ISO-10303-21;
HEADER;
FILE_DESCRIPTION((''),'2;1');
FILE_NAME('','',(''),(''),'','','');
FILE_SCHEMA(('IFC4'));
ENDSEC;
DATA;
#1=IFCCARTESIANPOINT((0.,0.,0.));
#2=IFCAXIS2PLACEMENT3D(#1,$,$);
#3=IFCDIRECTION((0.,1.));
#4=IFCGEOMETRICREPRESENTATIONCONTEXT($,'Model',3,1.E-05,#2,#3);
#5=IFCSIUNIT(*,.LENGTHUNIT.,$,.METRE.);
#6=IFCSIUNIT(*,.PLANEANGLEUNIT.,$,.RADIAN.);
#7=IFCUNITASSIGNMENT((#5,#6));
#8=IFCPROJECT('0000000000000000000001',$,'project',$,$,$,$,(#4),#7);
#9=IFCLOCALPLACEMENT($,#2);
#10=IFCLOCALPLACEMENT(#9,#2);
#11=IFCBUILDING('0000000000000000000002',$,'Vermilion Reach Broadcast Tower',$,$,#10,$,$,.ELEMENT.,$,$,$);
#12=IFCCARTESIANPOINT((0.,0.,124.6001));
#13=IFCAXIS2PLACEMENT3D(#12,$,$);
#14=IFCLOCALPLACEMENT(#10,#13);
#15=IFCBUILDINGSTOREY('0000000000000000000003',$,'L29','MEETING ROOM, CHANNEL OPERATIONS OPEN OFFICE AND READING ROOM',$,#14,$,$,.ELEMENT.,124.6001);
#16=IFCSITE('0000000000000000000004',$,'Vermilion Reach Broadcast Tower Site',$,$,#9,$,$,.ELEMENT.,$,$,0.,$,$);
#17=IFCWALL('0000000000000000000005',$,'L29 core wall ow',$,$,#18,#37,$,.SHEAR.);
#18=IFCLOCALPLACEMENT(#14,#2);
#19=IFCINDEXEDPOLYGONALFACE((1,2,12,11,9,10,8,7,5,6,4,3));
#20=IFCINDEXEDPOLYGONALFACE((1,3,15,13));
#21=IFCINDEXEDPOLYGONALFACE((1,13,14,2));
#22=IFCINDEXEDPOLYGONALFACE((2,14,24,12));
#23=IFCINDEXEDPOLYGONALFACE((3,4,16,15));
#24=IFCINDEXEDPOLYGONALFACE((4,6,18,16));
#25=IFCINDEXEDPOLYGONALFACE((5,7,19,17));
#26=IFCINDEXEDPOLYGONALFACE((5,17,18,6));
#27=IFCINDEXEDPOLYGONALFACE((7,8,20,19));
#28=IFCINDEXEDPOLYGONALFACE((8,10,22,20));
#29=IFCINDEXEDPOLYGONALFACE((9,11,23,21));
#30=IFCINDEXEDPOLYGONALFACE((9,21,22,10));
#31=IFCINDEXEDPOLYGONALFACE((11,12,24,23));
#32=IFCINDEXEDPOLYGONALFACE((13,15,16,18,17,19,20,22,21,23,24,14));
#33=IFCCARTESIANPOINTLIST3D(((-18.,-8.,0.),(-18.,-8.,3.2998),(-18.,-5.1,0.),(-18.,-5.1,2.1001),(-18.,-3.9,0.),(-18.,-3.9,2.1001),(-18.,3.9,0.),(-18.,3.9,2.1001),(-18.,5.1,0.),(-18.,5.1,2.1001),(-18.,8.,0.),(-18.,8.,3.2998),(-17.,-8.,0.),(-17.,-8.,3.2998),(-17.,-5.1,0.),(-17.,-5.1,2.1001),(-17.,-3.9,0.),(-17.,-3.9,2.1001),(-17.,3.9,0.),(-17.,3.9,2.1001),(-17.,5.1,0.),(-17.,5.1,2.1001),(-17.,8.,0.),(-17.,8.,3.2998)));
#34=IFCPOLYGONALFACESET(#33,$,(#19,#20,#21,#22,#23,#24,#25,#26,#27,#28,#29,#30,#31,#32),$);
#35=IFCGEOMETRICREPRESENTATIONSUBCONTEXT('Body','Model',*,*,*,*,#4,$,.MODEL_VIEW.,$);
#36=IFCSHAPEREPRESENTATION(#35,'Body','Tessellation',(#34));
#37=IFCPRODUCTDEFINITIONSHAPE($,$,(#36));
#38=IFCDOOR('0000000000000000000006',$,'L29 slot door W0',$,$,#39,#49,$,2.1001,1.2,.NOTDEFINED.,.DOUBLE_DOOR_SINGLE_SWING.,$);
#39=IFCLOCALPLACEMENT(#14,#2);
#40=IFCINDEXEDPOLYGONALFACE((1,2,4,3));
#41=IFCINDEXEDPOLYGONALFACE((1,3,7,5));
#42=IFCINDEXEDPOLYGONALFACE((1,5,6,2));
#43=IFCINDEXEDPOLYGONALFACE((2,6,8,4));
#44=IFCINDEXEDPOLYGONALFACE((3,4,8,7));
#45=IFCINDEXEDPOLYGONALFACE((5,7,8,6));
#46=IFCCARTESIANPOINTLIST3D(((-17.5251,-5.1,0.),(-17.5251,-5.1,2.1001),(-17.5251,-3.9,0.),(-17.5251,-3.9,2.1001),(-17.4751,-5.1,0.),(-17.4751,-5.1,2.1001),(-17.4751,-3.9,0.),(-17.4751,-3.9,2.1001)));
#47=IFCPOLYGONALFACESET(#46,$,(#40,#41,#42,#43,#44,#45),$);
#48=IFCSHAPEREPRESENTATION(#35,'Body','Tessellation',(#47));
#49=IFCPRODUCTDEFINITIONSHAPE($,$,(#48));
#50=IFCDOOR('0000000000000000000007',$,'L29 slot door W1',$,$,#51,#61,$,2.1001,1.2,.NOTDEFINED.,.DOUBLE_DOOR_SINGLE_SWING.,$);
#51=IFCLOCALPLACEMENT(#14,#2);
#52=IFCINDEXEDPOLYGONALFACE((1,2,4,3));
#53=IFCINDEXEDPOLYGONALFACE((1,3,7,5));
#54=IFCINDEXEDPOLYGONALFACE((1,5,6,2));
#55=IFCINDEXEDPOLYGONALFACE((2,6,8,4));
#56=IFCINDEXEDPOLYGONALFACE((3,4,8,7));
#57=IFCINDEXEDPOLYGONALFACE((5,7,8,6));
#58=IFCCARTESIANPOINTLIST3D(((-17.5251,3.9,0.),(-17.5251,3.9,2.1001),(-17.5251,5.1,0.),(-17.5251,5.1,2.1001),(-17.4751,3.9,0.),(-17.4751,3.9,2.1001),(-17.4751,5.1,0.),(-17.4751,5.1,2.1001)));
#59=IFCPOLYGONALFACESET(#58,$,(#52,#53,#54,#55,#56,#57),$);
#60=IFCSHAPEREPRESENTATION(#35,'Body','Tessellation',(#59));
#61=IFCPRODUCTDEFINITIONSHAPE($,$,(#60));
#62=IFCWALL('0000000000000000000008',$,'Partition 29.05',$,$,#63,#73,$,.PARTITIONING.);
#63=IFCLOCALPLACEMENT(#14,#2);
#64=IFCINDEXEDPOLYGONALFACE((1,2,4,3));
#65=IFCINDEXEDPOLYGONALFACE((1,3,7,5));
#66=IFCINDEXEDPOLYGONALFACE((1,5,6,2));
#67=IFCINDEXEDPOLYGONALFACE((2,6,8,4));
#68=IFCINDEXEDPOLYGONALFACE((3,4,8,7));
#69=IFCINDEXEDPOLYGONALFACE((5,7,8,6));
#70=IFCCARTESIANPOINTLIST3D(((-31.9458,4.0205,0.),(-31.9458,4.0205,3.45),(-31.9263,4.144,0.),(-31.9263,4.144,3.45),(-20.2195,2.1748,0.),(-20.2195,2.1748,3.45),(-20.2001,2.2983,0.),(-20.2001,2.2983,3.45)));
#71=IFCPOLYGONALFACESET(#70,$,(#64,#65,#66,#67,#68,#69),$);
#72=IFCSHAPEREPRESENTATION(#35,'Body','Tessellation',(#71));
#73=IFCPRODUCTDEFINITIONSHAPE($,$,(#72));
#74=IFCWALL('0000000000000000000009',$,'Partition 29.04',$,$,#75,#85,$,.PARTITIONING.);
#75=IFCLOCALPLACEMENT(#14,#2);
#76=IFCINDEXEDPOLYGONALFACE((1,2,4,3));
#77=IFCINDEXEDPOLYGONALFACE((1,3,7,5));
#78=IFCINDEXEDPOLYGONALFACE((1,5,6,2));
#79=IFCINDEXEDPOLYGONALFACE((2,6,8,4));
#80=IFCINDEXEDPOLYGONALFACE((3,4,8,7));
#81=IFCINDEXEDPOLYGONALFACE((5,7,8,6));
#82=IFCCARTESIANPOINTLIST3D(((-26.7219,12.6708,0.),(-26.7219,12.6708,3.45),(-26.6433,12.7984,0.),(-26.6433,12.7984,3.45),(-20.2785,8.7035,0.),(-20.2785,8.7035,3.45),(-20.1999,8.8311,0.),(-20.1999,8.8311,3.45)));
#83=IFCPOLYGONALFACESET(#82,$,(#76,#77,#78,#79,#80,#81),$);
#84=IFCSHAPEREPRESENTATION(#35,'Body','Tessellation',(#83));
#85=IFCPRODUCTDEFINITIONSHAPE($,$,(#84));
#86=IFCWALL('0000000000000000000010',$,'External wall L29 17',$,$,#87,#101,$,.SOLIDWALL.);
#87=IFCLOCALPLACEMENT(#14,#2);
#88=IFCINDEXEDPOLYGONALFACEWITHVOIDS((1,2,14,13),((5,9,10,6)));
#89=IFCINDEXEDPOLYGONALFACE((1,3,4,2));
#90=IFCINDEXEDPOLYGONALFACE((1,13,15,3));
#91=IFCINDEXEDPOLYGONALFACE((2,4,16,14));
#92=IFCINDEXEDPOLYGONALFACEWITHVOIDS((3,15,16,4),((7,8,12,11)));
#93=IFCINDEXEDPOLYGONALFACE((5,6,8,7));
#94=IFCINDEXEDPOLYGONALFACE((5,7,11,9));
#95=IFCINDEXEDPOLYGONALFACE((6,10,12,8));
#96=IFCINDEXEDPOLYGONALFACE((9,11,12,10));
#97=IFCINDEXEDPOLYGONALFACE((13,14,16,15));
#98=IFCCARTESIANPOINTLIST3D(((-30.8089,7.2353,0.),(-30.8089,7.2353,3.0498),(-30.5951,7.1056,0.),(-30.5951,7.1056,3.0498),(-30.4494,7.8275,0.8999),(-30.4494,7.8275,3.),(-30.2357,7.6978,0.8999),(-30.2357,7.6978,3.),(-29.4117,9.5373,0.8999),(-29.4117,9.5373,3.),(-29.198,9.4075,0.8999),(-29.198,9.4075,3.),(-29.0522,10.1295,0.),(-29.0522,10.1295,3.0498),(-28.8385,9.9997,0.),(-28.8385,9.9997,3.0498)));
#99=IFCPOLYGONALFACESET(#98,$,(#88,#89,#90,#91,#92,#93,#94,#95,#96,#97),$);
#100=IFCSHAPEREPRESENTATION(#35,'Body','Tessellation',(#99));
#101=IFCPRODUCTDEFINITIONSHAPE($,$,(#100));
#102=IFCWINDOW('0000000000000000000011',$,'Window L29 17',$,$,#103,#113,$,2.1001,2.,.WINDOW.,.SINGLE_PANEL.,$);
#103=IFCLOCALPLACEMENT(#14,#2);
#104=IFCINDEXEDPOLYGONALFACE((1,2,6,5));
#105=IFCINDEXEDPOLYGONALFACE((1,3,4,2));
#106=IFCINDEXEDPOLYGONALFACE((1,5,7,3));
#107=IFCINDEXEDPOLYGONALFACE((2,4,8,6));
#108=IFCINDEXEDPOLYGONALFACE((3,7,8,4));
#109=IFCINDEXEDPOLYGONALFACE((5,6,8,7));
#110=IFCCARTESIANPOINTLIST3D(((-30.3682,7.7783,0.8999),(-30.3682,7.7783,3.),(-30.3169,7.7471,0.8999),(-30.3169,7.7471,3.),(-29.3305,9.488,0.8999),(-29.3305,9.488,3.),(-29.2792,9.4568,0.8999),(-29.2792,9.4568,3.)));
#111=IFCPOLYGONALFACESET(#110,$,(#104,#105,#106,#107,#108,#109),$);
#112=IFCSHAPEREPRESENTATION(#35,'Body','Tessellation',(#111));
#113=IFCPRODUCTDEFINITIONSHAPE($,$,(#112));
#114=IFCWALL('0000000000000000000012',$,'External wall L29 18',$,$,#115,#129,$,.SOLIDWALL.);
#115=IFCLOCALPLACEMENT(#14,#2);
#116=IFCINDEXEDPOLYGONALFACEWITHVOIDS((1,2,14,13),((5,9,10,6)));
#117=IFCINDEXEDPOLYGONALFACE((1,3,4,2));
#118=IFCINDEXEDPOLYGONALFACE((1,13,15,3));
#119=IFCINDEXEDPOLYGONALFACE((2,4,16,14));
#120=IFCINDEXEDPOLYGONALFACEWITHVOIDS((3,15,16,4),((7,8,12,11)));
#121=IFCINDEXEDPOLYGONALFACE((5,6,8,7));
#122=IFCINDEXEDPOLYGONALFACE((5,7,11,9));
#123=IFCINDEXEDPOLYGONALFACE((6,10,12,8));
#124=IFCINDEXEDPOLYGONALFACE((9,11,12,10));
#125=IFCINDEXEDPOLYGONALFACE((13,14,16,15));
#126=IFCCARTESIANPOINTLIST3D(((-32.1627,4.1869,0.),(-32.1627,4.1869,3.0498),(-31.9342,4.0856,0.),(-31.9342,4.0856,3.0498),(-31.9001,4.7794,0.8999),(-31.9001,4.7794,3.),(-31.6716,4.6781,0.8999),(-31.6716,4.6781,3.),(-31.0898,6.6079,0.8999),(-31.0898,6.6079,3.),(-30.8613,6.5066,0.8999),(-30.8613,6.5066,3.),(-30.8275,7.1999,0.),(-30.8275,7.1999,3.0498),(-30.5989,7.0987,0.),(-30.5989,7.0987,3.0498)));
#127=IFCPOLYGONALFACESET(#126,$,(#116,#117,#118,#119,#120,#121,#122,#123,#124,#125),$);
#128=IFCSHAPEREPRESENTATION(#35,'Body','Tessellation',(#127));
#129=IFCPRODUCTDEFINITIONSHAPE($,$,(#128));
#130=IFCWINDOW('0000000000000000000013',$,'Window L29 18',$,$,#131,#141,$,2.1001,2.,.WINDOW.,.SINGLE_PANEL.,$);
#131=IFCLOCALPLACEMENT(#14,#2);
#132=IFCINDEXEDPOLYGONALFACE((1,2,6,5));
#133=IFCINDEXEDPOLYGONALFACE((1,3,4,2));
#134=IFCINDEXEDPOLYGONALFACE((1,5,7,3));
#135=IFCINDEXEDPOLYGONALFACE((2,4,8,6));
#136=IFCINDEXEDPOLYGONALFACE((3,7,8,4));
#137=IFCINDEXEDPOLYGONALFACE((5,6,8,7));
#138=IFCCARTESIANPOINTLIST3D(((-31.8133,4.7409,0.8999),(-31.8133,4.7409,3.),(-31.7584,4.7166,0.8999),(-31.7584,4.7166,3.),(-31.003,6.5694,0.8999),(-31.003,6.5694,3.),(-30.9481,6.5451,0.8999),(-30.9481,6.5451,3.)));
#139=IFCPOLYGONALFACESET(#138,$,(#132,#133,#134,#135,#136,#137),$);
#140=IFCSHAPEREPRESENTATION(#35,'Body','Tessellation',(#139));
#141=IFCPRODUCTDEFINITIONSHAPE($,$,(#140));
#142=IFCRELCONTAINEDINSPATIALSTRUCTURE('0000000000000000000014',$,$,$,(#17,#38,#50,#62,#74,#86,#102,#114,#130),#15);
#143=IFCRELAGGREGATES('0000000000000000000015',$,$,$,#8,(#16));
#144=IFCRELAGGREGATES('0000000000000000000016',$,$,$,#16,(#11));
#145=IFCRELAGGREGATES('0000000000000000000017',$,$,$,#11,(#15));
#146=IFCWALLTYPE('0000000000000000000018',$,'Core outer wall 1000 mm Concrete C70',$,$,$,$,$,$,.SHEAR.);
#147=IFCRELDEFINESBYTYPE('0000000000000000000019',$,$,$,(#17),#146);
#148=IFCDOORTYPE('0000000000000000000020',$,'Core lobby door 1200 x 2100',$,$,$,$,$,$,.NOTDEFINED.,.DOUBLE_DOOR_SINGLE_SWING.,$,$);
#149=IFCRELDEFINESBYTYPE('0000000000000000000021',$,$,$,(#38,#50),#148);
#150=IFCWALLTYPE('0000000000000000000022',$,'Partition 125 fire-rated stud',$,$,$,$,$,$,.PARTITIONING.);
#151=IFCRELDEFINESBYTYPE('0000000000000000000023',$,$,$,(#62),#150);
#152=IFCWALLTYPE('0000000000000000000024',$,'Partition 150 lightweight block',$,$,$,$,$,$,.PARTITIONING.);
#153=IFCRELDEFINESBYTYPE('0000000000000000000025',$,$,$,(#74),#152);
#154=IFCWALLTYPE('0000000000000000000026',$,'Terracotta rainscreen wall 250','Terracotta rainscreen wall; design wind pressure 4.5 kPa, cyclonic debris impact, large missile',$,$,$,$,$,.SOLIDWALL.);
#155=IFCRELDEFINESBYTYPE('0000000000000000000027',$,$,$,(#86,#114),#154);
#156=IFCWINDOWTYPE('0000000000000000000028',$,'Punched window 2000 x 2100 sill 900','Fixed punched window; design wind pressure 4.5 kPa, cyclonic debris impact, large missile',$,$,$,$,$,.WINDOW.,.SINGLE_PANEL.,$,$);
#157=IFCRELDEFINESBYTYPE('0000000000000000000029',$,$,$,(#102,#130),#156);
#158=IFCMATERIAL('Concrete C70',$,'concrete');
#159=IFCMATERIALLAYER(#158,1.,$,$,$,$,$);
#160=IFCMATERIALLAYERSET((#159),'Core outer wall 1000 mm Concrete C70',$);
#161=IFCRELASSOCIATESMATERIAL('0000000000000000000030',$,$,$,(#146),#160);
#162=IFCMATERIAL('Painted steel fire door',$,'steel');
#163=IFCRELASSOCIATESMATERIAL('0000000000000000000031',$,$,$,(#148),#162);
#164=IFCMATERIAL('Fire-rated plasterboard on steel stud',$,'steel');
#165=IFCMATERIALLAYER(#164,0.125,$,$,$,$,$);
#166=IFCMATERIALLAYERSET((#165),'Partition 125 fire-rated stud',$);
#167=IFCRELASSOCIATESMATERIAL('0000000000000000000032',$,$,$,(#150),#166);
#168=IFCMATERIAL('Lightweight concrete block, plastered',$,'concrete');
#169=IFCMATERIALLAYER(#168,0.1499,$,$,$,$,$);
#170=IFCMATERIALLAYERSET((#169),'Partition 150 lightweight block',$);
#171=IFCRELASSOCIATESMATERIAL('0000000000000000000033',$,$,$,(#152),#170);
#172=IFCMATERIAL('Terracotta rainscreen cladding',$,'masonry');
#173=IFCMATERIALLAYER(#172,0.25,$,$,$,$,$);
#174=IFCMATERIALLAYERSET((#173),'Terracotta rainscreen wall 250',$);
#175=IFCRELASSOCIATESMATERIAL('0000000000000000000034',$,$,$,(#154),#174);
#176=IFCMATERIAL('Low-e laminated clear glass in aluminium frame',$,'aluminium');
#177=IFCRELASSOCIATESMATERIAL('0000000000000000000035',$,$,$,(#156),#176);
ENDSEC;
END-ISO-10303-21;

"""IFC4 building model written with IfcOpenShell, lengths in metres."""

from ifc_helpers import new_model, si_unit, direction, frame, frame_2d, origin, place, context, subcontext, project, spatial, rectangle, extrude, material, layer, layer_set, type_object, element, fill, save


model = new_model("IFC4")

# Units and contexts
model_context = context("Model", 3, precision=1e-05, world=origin(), true_north=direction((0.0, 1.0)))
body_context = subcontext(model_context, "Body", "Model", "MODEL_VIEW")
ifc_project = project(units=[si_unit("LENGTHUNIT", "METRE"), si_unit("PLANEANGLEUNIT", "RADIAN")], contexts=[model_context])

# Site, building, storey
site_placement = place(None, origin())
site = spatial("IfcSite", under=ifc_project, at=site_placement, Name="Vermilion Reach Broadcast Tower Site", CompositionType="ELEMENT", RefElevation=0.0)
building_placement = place(site_placement, origin())
building = spatial("IfcBuilding", under=site, at=building_placement, Name="Vermilion Reach Broadcast Tower", CompositionType="ELEMENT")
storey_placement = place(building_placement, frame((0.0, 0.0, 124.6001)))
storey = spatial("IfcBuildingStorey", under=building, at=storey_placement, Name="L29", Description="MEETING ROOM, CHANNEL OPERATIONS OPEN OFFICE AND READING ROOM", CompositionType="ELEMENT", Elevation=124.6001)

# Wall, openings, doors
ifc_material_1 = material(Name="Concrete C70", Category="concrete")
ifc_layer_1 = layer(ifc_material_1, 1.0)
ifc_layer_set_1 = layer_set([ifc_layer_1], Name="Core outer wall 1000 mm Concrete C70")
wall_type_1 = type_object("IfcWallType", Name="Core outer wall 1000 mm Concrete C70", PredefinedType="SHEAR", material=ifc_layer_set_1)
wall_1_placement = place(storey_placement, frame((-17.5, 8.0, 0.0), z_axis=(0.0, 0.0, 1.0), x_axis=(0.0, -1.0, 0.0)))
wall_1 = element("IfcWall", 1, at=wall_1_placement, inside=storey, type_object=wall_type_1, Name="L29 core wall ow", PredefinedType="SHEAR", context=body_context, shape_type="SweptSolid", body=[
    extrude(rectangle(XDim=16.0, YDim=1.0, at=frame_2d((8.0, 0.0))), origin(), (0.0, 0.0, 1.0), 3.2998),
])
opening_1_placement = place(wall_1_placement, frame((11.8999, 0.0, 0.0)))
opening_1 = element("IfcOpeningElement", 2, at=opening_1_placement, cuts=wall_1, PredefinedType="OPENING", context=body_context, shape_type="SweptSolid", body=[
    extrude(rectangle(XDim=1.2, YDim=2.1001, at=frame_2d((0.6001, 1.05))), frame((0.0, 0.51, 0.0), z_axis=(0.0, -1.0, 0.0), x_axis=(1.0, 0.0, 0.0)), (0.0, 0.0, 1.0), 1.02),
])
opening_2_placement = place(wall_1_placement, frame((2.8999, 0.0, 0.0)))
opening_2 = element("IfcOpeningElement", 3, at=opening_2_placement, cuts=wall_1, PredefinedType="OPENING", context=body_context, shape_type="SweptSolid", body=[
    extrude(rectangle(XDim=1.2, YDim=2.1001, at=frame_2d((0.6001, 1.05))), frame((0.0, 0.51, 0.0), z_axis=(0.0, -1.0, 0.0), x_axis=(1.0, 0.0, 0.0)), (0.0, 0.0, 1.0), 1.02),
])
ifc_material_2 = material(Name="Painted steel fire door", Category="steel")
door_type_1 = type_object("IfcDoorType", Name="Core lobby door 1200 x 2100", OperationType="DOUBLE_DOOR_SINGLE_SWING", PredefinedType="NOTDEFINED", material=ifc_material_2)
door_1_placement = place(opening_1_placement, origin())
door_1 = element("IfcDoor", 4, at=door_1_placement, inside=storey, type_object=door_type_1, Name="L29 slot door W0", OperationType="DOUBLE_DOOR_SINGLE_SWING", OverallHeight=2.1001, OverallWidth=1.2, PredefinedType="NOTDEFINED", context=body_context, shape_type="SweptSolid", body=[
    extrude(rectangle(XDim=1.2, YDim=2.1001, at=frame_2d((0.6001, 1.05))), frame((0.0, 0.0249, 0.0), z_axis=(0.0, -1.0, 0.0), x_axis=(1.0, 0.0, 0.0)), (0.0, 0.0, 1.0), 0.05),
])
fill(opening_1, door_1)
door_2_placement = place(opening_2_placement, origin())
door_2 = element("IfcDoor", 5, at=door_2_placement, inside=storey, type_object=door_type_1, Name="L29 slot door W1", OperationType="DOUBLE_DOOR_SINGLE_SWING", OverallHeight=2.1001, OverallWidth=1.2, PredefinedType="NOTDEFINED", context=body_context, shape_type="SweptSolid", body=[
    extrude(rectangle(XDim=1.2, YDim=2.1001, at=frame_2d((0.6001, 1.05))), frame((0.0, 0.0249, 0.0), z_axis=(0.0, -1.0, 0.0), x_axis=(1.0, 0.0, 0.0)), (0.0, 0.0, 1.0), 0.05),
])
fill(opening_2, door_2)

# Walls
ifc_material_3 = material(Name="Fire-rated plasterboard on steel stud", Category="steel")
ifc_layer_2 = layer(ifc_material_3, 0.125)
ifc_layer_set_2 = layer_set([ifc_layer_2], Name="Partition 125 fire-rated stud")
wall_type_2 = type_object("IfcWallType", Name="Partition 125 fire-rated stud", PredefinedType="PARTITIONING", material=ifc_layer_set_2)
wall_2_placement = place(storey_placement, frame((-31.936, 4.0823, 0.0), z_axis=(0.0, 0.0, 1.0), x_axis=(0.987838, -0.155484, 0.0)))
element("IfcWall", 6, at=wall_2_placement, inside=storey, type_object=wall_type_2, Name="Partition 29.05", PredefinedType="PARTITIONING", context=body_context, shape_type="SweptSolid", body=[
    extrude(rectangle(XDim=11.8706, YDim=0.125, at=frame_2d((5.9353, 0.0))), origin(), (0.0, 0.0, 1.0), 3.45),
])
ifc_material_4 = material(Name="Lightweight concrete block, plastered", Category="concrete")
ifc_layer_3 = layer(ifc_material_4, 0.1499)
ifc_layer_set_3 = layer_set([ifc_layer_3], Name="Partition 150 lightweight block")
wall_type_3 = type_object("IfcWallType", Name="Partition 150 lightweight block", PredefinedType="PARTITIONING", material=ifc_layer_set_3)
wall_3_placement = place(storey_placement, frame((-26.6826, 12.7346, 0.0), z_axis=(0.0, 0.0, 1.0), x_axis=(0.851532, -0.524303, 0.0)))
element("IfcWall", 7, at=wall_3_placement, inside=storey, type_object=wall_type_3, Name="Partition 29.04", PredefinedType="PARTITIONING", context=body_context, shape_type="SweptSolid", body=[
    extrude(rectangle(XDim=7.5669, YDim=0.1499, at=frame_2d((3.7834, 0.0))), origin(), (0.0, 0.0, 1.0), 3.45),
])

# Shared definitions
ifc_material_5 = material(Name="Terracotta rainscreen cladding", Category="masonry")
ifc_layer_4 = layer(ifc_material_5, 0.25)
ifc_layer_set_4 = layer_set([ifc_layer_4], Name="Terracotta rainscreen wall 250")
wall_type_4 = type_object("IfcWallType", Name="Terracotta rainscreen wall 250", Description="Terracotta rainscreen wall; design wind pressure 4.5 kPa, cyclonic debris impact, large missile", PredefinedType="SOLIDWALL", material=ifc_layer_set_4)

# Walls, openings, windows
wall_4_placement = place(storey_placement, frame((-28.9453, 10.0647, 0.0), z_axis=(0.0, 0.0, 1.0), x_axis=(-0.518869, -0.854854, 0.0)))
wall_4 = element("IfcWall", 8, at=wall_4_placement, inside=storey, type_object=wall_type_4, Name="External wall L29 17", PredefinedType="SOLIDWALL", context=body_context, shape_type="SweptSolid", body=[
    extrude(rectangle(XDim=3.3855, YDim=0.25, at=frame_2d((1.6929, 0.0))), origin(), (0.0, 0.0, 1.0), 3.0498),
])
opening_3_placement = place(wall_4_placement, frame((0.6929, 0.0, 0.8999)))
opening_3 = element("IfcOpeningElement", 9, at=opening_3_placement, cuts=wall_4, PredefinedType="OPENING", context=body_context, shape_type="SweptSolid", body=[
    extrude(rectangle(XDim=2.0, YDim=2.1001, at=frame_2d((1.0, 1.05))), frame((0.0, 0.135, 0.0), z_axis=(0.0, -1.0, 0.0), x_axis=(1.0, 0.0, 0.0)), (0.0, 0.0, 1.0), 0.27),
])
ifc_material_6 = material(Name="Low-e laminated clear glass in aluminium frame", Category="aluminium")
window_type = type_object("IfcWindowType", Name="Punched window 2000 x 2100 sill 900", Description="Fixed punched window; design wind pressure 4.5 kPa, cyclonic debris impact, large missile", PartitioningType="SINGLE_PANEL", PredefinedType="WINDOW", material=ifc_material_6)
window_1_placement = place(opening_3_placement, origin())
window_1 = element("IfcWindow", 10, at=window_1_placement, inside=storey, type_object=window_type, Name="Window L29 17", OverallHeight=2.1001, OverallWidth=2.0, PartitioningType="SINGLE_PANEL", PredefinedType="WINDOW", context=body_context, shape_type="SweptSolid", body=[
    extrude(rectangle(XDim=2.0, YDim=2.1001, at=frame_2d((1.0, 1.05))), frame((0.0, 0.03, 0.0), z_axis=(0.0, -1.0, 0.0), x_axis=(1.0, 0.0, 0.0)), (0.0, 0.0, 1.0), 0.0601),
])
fill(opening_3, window_1)
wall_5_placement = place(storey_placement, frame((-30.7131, 7.1494, 0.0), z_axis=(0.0, 0.0, 1.0), x_axis=(-0.405155, -0.914248, 0.0)))
wall_5 = element("IfcWall", 11, at=wall_5_placement, inside=storey, type_object=wall_type_4, Name="External wall L29 18", PredefinedType="SOLIDWALL", context=body_context, shape_type="SweptSolid", body=[
    extrude(rectangle(XDim=3.2957, YDim=0.25, at=frame_2d((1.6479, 0.0))), origin(), (0.0, 0.0, 1.0), 3.0498),
])
opening_4_placement = place(wall_5_placement, frame((0.6477, 0.0, 0.8999)))
opening_4 = element("IfcOpeningElement", 12, at=opening_4_placement, cuts=wall_5, PredefinedType="OPENING", context=body_context, shape_type="SweptSolid", body=[
    extrude(rectangle(XDim=2.0, YDim=2.1001, at=frame_2d((1.0, 1.05))), frame((0.0, 0.135, 0.0), z_axis=(0.0, -1.0, 0.0), x_axis=(1.0, 0.0, 0.0)), (0.0, 0.0, 1.0), 0.27),
])
window_2_placement = place(opening_4_placement, origin())
window_2 = element("IfcWindow", 13, at=window_2_placement, inside=storey, type_object=window_type, Name="Window L29 18", OverallHeight=2.1001, OverallWidth=2.0, PartitioningType="SINGLE_PANEL", PredefinedType="WINDOW", context=body_context, shape_type="SweptSolid", body=[
    extrude(rectangle(XDim=2.0, YDim=2.1001, at=frame_2d((1.0, 1.05))), frame((0.0, 0.03, 0.0), z_axis=(0.0, -1.0, 0.0), x_axis=(1.0, 0.0, 0.0)), (0.0, 0.0, 1.0), 0.0601),
])
fill(opening_4, window_2)

save(model, "model.ifc")
